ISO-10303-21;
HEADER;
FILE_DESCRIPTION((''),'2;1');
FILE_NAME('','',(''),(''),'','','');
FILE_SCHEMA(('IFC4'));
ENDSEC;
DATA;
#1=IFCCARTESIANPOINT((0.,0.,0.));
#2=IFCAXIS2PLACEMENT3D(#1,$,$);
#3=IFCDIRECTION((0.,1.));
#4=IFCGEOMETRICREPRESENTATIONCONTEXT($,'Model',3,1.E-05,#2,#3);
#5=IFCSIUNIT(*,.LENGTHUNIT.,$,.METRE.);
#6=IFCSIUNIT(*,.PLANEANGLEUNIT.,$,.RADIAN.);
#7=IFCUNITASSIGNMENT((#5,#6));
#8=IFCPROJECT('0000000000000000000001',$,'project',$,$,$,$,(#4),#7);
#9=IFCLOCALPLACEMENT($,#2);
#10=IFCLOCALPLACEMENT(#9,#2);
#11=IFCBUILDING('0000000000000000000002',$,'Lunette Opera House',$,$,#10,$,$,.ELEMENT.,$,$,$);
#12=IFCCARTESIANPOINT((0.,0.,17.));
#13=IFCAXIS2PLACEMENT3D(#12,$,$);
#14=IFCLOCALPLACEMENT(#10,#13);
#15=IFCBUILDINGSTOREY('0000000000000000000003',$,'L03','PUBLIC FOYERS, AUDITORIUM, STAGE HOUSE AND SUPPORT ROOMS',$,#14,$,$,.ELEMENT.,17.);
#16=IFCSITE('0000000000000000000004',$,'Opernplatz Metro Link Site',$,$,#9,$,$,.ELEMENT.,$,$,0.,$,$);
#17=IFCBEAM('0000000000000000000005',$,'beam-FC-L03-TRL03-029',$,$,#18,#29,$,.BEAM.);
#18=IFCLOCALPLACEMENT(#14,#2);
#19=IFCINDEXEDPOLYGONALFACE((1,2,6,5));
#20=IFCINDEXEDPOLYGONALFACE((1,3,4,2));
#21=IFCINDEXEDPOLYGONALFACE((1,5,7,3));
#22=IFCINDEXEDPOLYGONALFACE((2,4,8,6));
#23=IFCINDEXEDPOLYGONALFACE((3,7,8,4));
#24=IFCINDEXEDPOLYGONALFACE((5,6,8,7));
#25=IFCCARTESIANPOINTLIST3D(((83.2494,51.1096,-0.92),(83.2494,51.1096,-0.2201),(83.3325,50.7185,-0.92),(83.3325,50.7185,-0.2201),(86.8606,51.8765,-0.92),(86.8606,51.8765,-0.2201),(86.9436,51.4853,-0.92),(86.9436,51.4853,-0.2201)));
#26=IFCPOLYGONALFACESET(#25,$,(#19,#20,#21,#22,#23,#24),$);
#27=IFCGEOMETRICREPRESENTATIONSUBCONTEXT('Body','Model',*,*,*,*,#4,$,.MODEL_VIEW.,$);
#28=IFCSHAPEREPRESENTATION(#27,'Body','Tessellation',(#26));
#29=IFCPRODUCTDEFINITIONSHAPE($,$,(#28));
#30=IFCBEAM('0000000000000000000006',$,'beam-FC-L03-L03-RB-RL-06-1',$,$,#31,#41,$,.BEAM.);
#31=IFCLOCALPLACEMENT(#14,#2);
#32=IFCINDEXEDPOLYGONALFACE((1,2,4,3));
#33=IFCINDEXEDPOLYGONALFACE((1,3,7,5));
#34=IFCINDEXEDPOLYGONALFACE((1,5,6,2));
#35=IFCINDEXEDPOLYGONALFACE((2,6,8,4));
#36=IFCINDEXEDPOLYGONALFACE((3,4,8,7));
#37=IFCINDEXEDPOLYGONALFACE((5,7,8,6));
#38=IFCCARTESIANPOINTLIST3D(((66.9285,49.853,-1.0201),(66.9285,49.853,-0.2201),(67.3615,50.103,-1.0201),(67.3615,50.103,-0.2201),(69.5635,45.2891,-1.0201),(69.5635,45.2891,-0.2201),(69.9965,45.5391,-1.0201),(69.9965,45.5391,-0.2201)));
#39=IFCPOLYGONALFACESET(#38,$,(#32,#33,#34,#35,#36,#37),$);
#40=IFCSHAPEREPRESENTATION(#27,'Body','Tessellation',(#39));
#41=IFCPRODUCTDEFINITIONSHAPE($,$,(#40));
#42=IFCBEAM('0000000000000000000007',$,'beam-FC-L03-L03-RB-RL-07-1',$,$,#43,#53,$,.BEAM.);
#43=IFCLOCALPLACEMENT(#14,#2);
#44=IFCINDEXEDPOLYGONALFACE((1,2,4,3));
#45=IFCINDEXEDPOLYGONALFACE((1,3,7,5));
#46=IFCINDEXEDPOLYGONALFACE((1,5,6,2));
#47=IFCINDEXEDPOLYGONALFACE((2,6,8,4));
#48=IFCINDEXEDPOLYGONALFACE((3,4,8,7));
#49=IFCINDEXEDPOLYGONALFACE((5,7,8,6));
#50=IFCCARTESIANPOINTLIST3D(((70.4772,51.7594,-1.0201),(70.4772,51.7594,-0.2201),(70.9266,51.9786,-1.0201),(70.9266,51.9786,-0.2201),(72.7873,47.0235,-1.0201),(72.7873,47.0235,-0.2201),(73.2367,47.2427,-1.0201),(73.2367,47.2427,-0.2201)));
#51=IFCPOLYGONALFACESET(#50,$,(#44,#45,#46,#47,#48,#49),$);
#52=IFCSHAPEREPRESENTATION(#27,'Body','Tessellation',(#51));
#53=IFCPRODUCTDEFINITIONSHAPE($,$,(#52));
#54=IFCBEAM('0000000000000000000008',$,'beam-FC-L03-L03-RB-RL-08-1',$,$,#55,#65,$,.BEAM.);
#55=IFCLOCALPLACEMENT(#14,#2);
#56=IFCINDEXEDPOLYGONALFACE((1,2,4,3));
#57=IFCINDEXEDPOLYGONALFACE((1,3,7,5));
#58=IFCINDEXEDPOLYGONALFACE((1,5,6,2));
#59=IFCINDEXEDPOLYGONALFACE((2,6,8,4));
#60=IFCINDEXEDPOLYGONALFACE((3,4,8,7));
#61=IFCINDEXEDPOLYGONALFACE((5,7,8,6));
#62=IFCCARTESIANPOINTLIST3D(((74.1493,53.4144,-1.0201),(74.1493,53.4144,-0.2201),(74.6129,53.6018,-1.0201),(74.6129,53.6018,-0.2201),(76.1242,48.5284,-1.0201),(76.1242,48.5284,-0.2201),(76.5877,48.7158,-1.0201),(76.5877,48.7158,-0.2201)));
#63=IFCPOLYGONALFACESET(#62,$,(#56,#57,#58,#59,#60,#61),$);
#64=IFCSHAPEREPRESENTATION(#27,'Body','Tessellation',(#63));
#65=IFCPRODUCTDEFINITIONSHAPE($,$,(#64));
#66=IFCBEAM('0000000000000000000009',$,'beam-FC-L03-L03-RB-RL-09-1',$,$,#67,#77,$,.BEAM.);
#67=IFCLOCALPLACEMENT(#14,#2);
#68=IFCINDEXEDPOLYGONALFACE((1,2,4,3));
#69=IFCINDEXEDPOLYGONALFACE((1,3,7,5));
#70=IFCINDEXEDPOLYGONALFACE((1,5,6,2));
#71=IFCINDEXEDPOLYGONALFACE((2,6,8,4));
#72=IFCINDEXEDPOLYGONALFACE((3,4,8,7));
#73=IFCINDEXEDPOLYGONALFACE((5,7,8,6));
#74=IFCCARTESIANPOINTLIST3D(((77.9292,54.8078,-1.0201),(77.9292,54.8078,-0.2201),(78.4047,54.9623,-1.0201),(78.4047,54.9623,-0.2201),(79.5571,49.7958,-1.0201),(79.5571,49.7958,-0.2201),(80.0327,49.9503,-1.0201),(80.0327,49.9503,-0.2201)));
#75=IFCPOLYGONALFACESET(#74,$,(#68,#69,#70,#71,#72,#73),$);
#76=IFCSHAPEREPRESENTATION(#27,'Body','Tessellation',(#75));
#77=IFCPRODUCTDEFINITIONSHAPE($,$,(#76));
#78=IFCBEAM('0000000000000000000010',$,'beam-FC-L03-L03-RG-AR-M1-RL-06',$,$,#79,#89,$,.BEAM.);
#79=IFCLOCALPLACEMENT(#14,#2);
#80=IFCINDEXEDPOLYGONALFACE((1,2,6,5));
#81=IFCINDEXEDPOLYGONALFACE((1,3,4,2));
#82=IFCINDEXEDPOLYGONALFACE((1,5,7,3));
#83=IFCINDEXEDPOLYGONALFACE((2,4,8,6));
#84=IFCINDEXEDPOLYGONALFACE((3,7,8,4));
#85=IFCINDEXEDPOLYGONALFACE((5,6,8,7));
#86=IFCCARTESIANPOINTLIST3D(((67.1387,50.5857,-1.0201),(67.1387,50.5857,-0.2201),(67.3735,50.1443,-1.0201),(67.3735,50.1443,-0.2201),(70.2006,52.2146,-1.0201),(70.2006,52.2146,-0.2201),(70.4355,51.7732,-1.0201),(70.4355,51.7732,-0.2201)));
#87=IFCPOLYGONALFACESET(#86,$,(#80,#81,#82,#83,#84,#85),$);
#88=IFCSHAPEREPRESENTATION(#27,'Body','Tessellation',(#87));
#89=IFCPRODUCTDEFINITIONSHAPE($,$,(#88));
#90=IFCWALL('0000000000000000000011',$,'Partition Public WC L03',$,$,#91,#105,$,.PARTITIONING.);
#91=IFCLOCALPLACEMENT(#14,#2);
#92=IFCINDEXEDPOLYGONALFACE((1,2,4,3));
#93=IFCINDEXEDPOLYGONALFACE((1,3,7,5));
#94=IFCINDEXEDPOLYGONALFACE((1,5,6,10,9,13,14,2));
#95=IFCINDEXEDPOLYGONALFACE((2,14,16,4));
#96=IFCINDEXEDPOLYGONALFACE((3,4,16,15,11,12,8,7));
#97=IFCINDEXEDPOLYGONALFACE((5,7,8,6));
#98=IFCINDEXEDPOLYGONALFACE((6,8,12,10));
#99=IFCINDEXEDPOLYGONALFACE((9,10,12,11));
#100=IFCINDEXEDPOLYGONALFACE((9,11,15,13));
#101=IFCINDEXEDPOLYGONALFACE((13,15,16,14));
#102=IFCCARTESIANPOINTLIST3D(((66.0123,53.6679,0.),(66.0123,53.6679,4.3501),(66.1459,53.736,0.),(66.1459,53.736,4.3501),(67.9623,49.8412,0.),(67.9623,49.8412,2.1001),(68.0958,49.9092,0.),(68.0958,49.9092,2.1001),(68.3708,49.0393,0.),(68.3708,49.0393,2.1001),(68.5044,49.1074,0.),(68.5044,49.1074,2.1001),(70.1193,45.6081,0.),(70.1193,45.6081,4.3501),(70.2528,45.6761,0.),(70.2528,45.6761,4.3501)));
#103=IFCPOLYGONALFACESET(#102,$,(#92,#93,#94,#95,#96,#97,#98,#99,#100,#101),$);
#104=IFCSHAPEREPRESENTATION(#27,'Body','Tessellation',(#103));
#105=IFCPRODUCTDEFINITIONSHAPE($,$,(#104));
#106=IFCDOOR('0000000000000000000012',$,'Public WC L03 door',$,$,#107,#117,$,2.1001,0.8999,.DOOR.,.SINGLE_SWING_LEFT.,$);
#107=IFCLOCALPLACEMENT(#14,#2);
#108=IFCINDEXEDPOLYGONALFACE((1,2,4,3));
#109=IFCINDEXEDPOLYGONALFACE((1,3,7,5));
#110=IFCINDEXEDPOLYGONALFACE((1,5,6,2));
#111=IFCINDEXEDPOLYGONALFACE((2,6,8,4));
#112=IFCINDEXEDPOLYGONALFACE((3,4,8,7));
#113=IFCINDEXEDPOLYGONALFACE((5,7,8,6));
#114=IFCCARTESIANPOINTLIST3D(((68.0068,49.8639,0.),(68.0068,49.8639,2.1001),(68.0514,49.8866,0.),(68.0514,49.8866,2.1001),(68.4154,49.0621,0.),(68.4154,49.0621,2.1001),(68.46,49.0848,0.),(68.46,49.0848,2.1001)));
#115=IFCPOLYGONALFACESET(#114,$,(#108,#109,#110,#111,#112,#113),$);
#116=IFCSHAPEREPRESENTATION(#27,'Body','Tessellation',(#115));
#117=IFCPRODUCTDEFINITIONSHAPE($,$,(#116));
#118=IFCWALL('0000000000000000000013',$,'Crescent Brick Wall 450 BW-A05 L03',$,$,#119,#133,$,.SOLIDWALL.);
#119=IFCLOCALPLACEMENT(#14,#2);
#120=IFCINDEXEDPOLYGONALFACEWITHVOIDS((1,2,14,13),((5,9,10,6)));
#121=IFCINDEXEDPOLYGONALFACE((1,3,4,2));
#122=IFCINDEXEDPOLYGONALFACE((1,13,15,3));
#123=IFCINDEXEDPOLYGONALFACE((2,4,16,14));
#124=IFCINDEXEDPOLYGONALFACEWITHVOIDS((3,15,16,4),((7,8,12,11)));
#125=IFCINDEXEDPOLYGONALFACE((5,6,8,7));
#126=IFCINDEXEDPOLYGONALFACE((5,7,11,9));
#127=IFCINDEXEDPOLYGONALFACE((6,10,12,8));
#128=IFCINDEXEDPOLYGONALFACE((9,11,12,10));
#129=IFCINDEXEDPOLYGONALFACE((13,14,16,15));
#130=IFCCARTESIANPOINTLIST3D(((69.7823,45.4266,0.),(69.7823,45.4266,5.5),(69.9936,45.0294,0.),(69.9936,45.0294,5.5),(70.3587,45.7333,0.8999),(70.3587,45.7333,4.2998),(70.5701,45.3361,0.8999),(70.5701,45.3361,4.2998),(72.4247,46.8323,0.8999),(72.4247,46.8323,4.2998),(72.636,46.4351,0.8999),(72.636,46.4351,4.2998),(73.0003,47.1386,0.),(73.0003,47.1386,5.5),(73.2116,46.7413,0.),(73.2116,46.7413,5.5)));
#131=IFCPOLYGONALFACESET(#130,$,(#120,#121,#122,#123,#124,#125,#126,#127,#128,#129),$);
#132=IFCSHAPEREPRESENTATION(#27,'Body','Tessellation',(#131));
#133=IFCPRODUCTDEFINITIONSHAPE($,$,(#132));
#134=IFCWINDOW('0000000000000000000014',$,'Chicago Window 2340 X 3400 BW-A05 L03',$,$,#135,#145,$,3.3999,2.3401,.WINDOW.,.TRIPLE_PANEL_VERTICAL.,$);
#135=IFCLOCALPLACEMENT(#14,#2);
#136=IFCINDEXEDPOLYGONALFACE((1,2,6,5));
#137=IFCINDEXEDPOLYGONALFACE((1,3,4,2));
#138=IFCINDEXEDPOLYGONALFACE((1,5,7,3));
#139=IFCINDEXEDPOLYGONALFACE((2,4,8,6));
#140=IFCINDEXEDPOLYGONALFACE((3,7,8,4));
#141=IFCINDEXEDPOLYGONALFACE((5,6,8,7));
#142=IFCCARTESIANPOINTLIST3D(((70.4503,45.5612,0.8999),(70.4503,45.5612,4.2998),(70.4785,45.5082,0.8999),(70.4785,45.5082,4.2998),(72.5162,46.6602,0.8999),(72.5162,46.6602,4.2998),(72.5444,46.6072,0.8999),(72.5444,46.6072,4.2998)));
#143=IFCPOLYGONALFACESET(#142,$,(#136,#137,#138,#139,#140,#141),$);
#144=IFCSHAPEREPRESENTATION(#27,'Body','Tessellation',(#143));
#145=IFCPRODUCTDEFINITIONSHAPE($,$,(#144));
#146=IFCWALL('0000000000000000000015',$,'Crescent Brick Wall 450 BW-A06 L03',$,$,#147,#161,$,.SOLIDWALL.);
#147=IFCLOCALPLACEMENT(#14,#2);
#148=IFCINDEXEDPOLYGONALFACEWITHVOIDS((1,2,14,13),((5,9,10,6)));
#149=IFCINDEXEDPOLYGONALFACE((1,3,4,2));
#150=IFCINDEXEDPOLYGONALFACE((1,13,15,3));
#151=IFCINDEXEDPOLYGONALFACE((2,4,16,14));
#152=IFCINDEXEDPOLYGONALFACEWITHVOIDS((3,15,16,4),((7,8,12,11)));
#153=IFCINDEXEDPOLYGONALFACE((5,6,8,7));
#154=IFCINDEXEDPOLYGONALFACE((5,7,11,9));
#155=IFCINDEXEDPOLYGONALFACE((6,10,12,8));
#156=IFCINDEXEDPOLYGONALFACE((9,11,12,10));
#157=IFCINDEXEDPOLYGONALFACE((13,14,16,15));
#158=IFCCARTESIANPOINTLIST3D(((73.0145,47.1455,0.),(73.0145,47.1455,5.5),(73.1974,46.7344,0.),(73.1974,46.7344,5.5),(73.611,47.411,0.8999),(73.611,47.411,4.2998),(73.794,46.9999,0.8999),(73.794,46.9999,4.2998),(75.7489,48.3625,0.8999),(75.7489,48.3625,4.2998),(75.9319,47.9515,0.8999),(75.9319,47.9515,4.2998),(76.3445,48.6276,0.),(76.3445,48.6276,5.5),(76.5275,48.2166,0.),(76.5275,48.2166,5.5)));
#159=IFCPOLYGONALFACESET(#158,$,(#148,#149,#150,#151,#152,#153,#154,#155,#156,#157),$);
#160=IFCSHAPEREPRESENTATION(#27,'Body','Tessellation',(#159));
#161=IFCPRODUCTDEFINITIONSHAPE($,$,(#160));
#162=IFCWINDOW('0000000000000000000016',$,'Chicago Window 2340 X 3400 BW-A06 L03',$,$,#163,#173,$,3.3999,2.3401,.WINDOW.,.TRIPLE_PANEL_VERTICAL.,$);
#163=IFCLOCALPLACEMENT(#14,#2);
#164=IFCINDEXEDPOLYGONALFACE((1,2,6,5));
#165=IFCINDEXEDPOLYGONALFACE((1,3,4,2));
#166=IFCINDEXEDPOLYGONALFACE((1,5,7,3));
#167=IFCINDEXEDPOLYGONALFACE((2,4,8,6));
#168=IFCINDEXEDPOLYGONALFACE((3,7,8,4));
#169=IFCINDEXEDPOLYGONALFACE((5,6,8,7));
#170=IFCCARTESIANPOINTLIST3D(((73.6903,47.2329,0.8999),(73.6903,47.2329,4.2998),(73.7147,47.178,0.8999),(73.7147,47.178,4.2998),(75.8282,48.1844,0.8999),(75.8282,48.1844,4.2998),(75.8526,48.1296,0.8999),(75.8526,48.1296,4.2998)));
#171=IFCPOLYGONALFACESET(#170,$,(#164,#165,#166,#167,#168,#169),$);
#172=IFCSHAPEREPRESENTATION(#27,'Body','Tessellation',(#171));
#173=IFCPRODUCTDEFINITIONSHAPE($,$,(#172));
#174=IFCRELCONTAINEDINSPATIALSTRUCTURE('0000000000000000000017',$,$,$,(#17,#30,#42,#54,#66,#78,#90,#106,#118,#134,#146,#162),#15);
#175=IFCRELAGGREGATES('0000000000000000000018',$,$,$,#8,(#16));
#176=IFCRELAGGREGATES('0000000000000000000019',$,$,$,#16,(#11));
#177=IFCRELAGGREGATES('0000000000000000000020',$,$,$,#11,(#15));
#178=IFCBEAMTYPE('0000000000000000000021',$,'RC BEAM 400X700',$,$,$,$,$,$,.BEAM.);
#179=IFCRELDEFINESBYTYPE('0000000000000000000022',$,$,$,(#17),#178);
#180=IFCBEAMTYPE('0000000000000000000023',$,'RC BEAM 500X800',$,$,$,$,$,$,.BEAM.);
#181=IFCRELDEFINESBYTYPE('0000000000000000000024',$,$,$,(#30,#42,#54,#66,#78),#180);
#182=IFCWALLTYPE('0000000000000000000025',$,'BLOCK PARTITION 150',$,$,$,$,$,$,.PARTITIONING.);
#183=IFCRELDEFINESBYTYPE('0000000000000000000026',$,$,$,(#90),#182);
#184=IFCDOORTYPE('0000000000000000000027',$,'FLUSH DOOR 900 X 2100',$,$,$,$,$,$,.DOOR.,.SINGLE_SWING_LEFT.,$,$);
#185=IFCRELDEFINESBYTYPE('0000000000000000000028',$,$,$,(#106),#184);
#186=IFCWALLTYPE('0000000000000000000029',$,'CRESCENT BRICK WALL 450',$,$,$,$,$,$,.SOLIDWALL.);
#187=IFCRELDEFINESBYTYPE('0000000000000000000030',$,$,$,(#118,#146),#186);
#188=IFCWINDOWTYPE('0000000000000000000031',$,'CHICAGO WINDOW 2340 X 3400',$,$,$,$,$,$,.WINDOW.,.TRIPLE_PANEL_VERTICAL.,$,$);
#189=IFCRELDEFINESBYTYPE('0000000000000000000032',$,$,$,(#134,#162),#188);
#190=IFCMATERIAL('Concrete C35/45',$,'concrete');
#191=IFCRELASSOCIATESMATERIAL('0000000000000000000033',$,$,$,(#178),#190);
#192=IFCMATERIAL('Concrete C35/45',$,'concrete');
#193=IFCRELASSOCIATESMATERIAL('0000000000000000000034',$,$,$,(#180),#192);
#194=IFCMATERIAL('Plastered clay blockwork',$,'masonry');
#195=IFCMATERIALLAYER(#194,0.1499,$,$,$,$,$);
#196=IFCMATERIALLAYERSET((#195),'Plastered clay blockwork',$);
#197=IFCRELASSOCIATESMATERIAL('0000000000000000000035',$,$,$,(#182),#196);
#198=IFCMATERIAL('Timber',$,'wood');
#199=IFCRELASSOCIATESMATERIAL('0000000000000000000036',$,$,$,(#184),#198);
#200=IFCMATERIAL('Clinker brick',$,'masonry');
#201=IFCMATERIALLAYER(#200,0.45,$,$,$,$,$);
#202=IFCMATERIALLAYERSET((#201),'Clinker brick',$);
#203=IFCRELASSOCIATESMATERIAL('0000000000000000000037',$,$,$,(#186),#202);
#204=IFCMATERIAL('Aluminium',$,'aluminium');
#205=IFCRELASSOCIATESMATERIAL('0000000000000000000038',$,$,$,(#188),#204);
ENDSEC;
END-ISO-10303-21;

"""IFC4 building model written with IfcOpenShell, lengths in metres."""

from ifc_helpers import new_model, si_unit, direction, frame, frame_2d, origin, origin_2d, place, context, subcontext, project, spatial, rectangle, extrude, material, layer, layer_set, material_profile, profile_set, type_object, element, fill, save


model = new_model("IFC4")

# Units and contexts
model_context = context("Model", 3, precision=1e-05, world=origin(), true_north=direction((0.0, 1.0)))
body_context = subcontext(model_context, "Body", "Model", "MODEL_VIEW")
ifc_project = project(units=[si_unit("LENGTHUNIT", "METRE"), si_unit("PLANEANGLEUNIT", "RADIAN")], contexts=[model_context])

# Site, building, storey
site_placement = place(None, origin())
site = spatial("IfcSite", under=ifc_project, at=site_placement, Name="Opernplatz Metro Link Site", CompositionType="ELEMENT", RefElevation=0.0)
building_placement = place(site_placement, origin())
building = spatial("IfcBuilding", under=site, at=building_placement, Name="Lunette Opera House", CompositionType="ELEMENT")
storey_placement = place(building_placement, frame((0.0, 0.0, 17.0)))
storey = spatial("IfcBuildingStorey", under=building, at=storey_placement, Name="L03", Description="PUBLIC FOYERS, AUDITORIUM, STAGE HOUSE AND SUPPORT ROOMS", CompositionType="ELEMENT", Elevation=17.0)

# Beams
ifc_material_1 = material(Name="Concrete C35/45", Category="concrete")
ifc_material_profile_1 = material_profile(ifc_material_1, rectangle(XDim=0.3999, YDim=0.7, at=origin_2d()), Name="RC BEAM 400X700")
ifc_profile_set_1 = profile_set([ifc_material_profile_1], Name="Concrete C35/45")
beam_type_1 = type_object("IfcBeamType", Name="RC BEAM 400X700", PredefinedType="BEAM", material=ifc_profile_set_1)
beam_1_placement = place(storey_placement, frame((86.9021, 51.6809, -0.5701), z_axis=(-0.978187, -0.207727, 0.0), x_axis=(0.207727, -0.978187, 0.0)))
element("IfcBeam", 1, at=beam_1_placement, inside=storey, type_object=beam_type_1, Name="beam-FC-L03-TRL03-029", PredefinedType="BEAM", context=body_context, shape_type="SweptSolid", body=[
    extrude(rectangle(XDim=0.3999, YDim=0.7, at=origin_2d()), origin(), (0.0, 0.0, 1.0), 3.6917),
])
ifc_material_2 = material(Name="Concrete C35/45", Category="concrete")
ifc_material_profile_2 = material_profile(ifc_material_2, rectangle(XDim=0.5, YDim=0.8, at=origin_2d()), Name="RC BEAM 500X800")
ifc_profile_set_2 = profile_set([ifc_material_profile_2], Name="Concrete C35/45")
beam_type_2 = type_object("IfcBeamType", Name="RC BEAM 500X800", PredefinedType="BEAM", material=ifc_profile_set_2)
beam_2_placement = place(storey_placement, frame((69.78, 45.4141, -0.6201), z_axis=(-0.5, 0.866025, 0.0), x_axis=(-0.866025, -0.5, 0.0)))
element("IfcBeam", 2, at=beam_2_placement, inside=storey, type_object=beam_type_2, Name="beam-FC-L03-L03-RB-RL-06-1", PredefinedType="BEAM", context=body_context, shape_type="SweptSolid", body=[
    extrude(rectangle(XDim=0.5, YDim=0.8, at=origin_2d()), origin(), (0.0, 0.0, 1.0), 5.27),
])
beam_3_placement = place(storey_placement, frame((73.012, 47.1331, -0.6201), z_axis=(-0.438407, 0.898776, 0.0), x_axis=(-0.898776, -0.438407, 0.0)))
element("IfcBeam", 3, at=beam_3_placement, inside=storey, type_object=beam_type_2, Name="beam-FC-L03-L03-RB-RL-07-1", PredefinedType="BEAM", context=body_context, shape_type="SweptSolid", body=[
    extrude(rectangle(XDim=0.5, YDim=0.8, at=origin_2d()), origin(), (0.0, 0.0, 1.0), 5.2693),
])
beam_4_placement = place(storey_placement, frame((76.356, 48.6221, -0.6201), z_axis=(-0.374735, 0.927132, 0.0), x_axis=(-0.927132, -0.374735, 0.0)))
element("IfcBeam", 4, at=beam_4_placement, inside=storey, type_object=beam_type_2, Name="beam-FC-L03-L03-RB-RL-08-1", PredefinedType="BEAM", context=body_context, shape_type="SweptSolid", body=[
    extrude(rectangle(XDim=0.5, YDim=0.8, at=origin_2d()), origin(), (0.0, 0.0, 1.0), 5.27),
])
beam_5_placement = place(storey_placement, frame((79.7949, 49.873, -0.6201), z_axis=(-0.308922, 0.951088, 0.0), x_axis=(-0.951088, -0.308922, 0.0)))
element("IfcBeam", 5, at=beam_5_placement, inside=storey, type_object=beam_type_2, Name="beam-FC-L03-L03-RB-RL-09-1", PredefinedType="BEAM", context=body_context, shape_type="SweptSolid", body=[
    extrude(rectangle(XDim=0.5, YDim=0.8, at=origin_2d()), origin(), (0.0, 0.0, 1.0), 5.2698),
])
beam_6_placement = place(storey_placement, frame((67.2561, 50.365, -0.6201), z_axis=(0.882851, 0.469653, 0.0), x_axis=(-0.469653, 0.882851, 0.0)))
element("IfcBeam", 6, at=beam_6_placement, inside=storey, type_object=beam_type_2, Name="beam-FC-L03-L03-RG-AR-M1-RL-06", PredefinedType="BEAM", context=body_context, shape_type="SweptSolid", body=[
    extrude(rectangle(XDim=0.5, YDim=0.8, at=origin_2d()), origin(), (0.0, 0.0, 1.0), 3.4683),
])

# Wall, opening, door
ifc_material_3 = material(Name="Plastered clay blockwork", Category="masonry")
ifc_layer_1 = layer(ifc_material_3, 0.1499)
ifc_layer_set_1 = layer_set([ifc_layer_1], Name="Plastered clay blockwork")
wall_type_1 = type_object("IfcWallType", Name="BLOCK PARTITION 150", PredefinedType="PARTITIONING", material=ifc_layer_set_1)
wall_1_placement = place(storey_placement, frame((70.186, 45.6421, 0.0), z_axis=(0.0, 0.0, 1.0), x_axis=(-0.454013, 0.890995, 0.0)))
wall_1 = element("IfcWall", 7, at=wall_1_placement, inside=storey, type_object=wall_type_1, Name="Partition Public WC L03", PredefinedType="PARTITIONING", context=body_context, shape_type="SweptSolid", body=[
    extrude(rectangle(XDim=9.0459, YDim=0.1499, at=frame_2d((4.5229, 0.0))), origin(), (0.0, 0.0, 1.0), 4.3501),
])
opening_1_placement = place(wall_1_placement, frame((3.8511, 0.0, 0.0)))
opening_1 = element("IfcOpeningElement", 8, at=opening_1_placement, cuts=wall_1, PredefinedType="OPENING", context=body_context, shape_type="SweptSolid", body=[
    extrude(rectangle(XDim=0.8999, YDim=2.1001, at=frame_2d((0.45, 1.05))), frame((0.0, 0.0869, 0.0), z_axis=(0.0, -1.0, 0.0), x_axis=(1.0, 0.0, 0.0)), (0.0, 0.0, 1.0), 0.1738),
])
ifc_material_4 = material(Name="Timber", Category="wood")
door_type = type_object("IfcDoorType", Name="FLUSH DOOR 900 X 2100", OperationType="SINGLE_SWING_LEFT", PredefinedType="DOOR", material=ifc_material_4)
door_placement = place(opening_1_placement, origin())
door = element("IfcDoor", 9, at=door_placement, inside=storey, type_object=door_type, Name="Public WC L03 door", OperationType="SINGLE_SWING_LEFT", OverallHeight=2.1001, OverallWidth=0.8999, PredefinedType="DOOR", context=body_context, shape_type="SweptSolid", body=[
    extrude(rectangle(XDim=0.8999, YDim=2.1001, at=frame_2d((0.45, 1.05))), frame((0.0, 0.0249, 0.0), z_axis=(0.0, -1.0, 0.0), x_axis=(1.0, 0.0, 0.0)), (0.0, 0.0, 1.0), 0.05),
])
fill(opening_1, door)

# Walls, openings, windows
ifc_material_5 = material(Name="Clinker brick", Category="masonry")
ifc_layer_2 = layer(ifc_material_5, 0.45)
ifc_layer_set_2 = layer_set([ifc_layer_2], Name="Clinker brick")
wall_type_2 = type_object("IfcWallType", Name="CRESCENT BRICK WALL 450", PredefinedType="SOLIDWALL", material=ifc_layer_set_2)
wall_2_placement = place(storey_placement, frame((69.8879, 45.228, 0.0), z_axis=(0.0, 0.0, 1.0), x_axis=(0.882849, 0.469656, 0.0)))
wall_2 = element("IfcWall", 10, at=wall_2_placement, inside=storey, type_object=wall_type_2, Name="Crescent Brick Wall 450 BW-A05 L03", PredefinedType="SOLIDWALL", context=body_context, shape_type="SweptSolid", body=[
    extrude(rectangle(XDim=3.645, YDim=0.45, at=frame_2d((1.8225, 0.0))), origin(), (0.0, 0.0, 1.0), 5.5),
])
opening_2_placement = place(wall_2_placement, frame((0.6531, 0.0, 0.8999)))
opening_2 = element("IfcOpeningElement", 11, at=opening_2_placement, cuts=wall_2, PredefinedType="OPENING", context=body_context, shape_type="SweptSolid", body=[
    extrude(rectangle(XDim=2.3401, YDim=3.3999, at=frame_2d((1.1699, 1.7))), frame((0.0, 0.2371, 0.0), z_axis=(0.0, -1.0, 0.0), x_axis=(1.0, 0.0, 0.0)), (0.0, 0.0, 1.0), 0.4739),
])
ifc_material_6 = material(Name="Aluminium", Category="aluminium")
window_type = type_object("IfcWindowType", Name="CHICAGO WINDOW 2340 X 3400", PartitioningType="TRIPLE_PANEL_VERTICAL", PredefinedType="WINDOW", material=ifc_material_6)
window_1_placement = place(opening_2_placement, origin())
window_1 = element("IfcWindow", 12, at=window_1_placement, inside=storey, type_object=window_type, Name="Chicago Window 2340 X 3400 BW-A05 L03", OverallHeight=3.3999, OverallWidth=2.3401, PartitioningType="TRIPLE_PANEL_VERTICAL", PredefinedType="WINDOW", context=body_context, shape_type="SweptSolid", body=[
    extrude(rectangle(XDim=2.3401, YDim=3.3999, at=frame_2d((1.1699, 1.7))), frame((0.0, 0.03, 0.0), z_axis=(0.0, -1.0, 0.0), x_axis=(1.0, 0.0, 0.0)), (0.0, 0.0, 1.0), 0.0601),
])
fill(opening_2, window_1)
wall_3_placement = place(storey_placement, frame((73.106, 46.9399, 0.0), z_axis=(0.0, 0.0, 1.0), x_axis=(0.913593, 0.406629, 0.0)))
wall_3 = element("IfcWall", 13, at=wall_3_placement, inside=storey, type_object=wall_type_2, Name="Crescent Brick Wall 450 BW-A06 L03", PredefinedType="SOLIDWALL", context=body_context, shape_type="SweptSolid", body=[
    extrude(rectangle(XDim=3.645, YDim=0.45, at=frame_2d((1.8225, 0.0))), origin(), (0.0, 0.0, 1.0), 5.5),
])
opening_3_placement = place(wall_3_placement, frame((0.6531, 0.0, 0.8999)))
opening_3 = element("IfcOpeningElement", 14, at=opening_3_placement, cuts=wall_3, PredefinedType="OPENING", context=body_context, shape_type="SweptSolid", body=[
    extrude(rectangle(XDim=2.3401, YDim=3.3999, at=frame_2d((1.1699, 1.7))), frame((0.0, 0.2371, 0.0), z_axis=(0.0, -1.0, 0.0), x_axis=(1.0, 0.0, 0.0)), (0.0, 0.0, 1.0), 0.4739),
])
window_2_placement = place(opening_3_placement, origin())
window_2 = element("IfcWindow", 15, at=window_2_placement, inside=storey, type_object=window_type, Name="Chicago Window 2340 X 3400 BW-A06 L03", OverallHeight=3.3999, OverallWidth=2.3401, PartitioningType="TRIPLE_PANEL_VERTICAL", PredefinedType="WINDOW", context=body_context, shape_type="SweptSolid", body=[
    extrude(rectangle(XDim=2.3401, YDim=3.3999, at=frame_2d((1.1699, 1.7))), frame((0.0, 0.03, 0.0), z_axis=(0.0, -1.0, 0.0), x_axis=(1.0, 0.0, 0.0)), (0.0, 0.0, 1.0), 0.0601),
])
fill(opening_3, window_2)

save(model, "model.ifc")
